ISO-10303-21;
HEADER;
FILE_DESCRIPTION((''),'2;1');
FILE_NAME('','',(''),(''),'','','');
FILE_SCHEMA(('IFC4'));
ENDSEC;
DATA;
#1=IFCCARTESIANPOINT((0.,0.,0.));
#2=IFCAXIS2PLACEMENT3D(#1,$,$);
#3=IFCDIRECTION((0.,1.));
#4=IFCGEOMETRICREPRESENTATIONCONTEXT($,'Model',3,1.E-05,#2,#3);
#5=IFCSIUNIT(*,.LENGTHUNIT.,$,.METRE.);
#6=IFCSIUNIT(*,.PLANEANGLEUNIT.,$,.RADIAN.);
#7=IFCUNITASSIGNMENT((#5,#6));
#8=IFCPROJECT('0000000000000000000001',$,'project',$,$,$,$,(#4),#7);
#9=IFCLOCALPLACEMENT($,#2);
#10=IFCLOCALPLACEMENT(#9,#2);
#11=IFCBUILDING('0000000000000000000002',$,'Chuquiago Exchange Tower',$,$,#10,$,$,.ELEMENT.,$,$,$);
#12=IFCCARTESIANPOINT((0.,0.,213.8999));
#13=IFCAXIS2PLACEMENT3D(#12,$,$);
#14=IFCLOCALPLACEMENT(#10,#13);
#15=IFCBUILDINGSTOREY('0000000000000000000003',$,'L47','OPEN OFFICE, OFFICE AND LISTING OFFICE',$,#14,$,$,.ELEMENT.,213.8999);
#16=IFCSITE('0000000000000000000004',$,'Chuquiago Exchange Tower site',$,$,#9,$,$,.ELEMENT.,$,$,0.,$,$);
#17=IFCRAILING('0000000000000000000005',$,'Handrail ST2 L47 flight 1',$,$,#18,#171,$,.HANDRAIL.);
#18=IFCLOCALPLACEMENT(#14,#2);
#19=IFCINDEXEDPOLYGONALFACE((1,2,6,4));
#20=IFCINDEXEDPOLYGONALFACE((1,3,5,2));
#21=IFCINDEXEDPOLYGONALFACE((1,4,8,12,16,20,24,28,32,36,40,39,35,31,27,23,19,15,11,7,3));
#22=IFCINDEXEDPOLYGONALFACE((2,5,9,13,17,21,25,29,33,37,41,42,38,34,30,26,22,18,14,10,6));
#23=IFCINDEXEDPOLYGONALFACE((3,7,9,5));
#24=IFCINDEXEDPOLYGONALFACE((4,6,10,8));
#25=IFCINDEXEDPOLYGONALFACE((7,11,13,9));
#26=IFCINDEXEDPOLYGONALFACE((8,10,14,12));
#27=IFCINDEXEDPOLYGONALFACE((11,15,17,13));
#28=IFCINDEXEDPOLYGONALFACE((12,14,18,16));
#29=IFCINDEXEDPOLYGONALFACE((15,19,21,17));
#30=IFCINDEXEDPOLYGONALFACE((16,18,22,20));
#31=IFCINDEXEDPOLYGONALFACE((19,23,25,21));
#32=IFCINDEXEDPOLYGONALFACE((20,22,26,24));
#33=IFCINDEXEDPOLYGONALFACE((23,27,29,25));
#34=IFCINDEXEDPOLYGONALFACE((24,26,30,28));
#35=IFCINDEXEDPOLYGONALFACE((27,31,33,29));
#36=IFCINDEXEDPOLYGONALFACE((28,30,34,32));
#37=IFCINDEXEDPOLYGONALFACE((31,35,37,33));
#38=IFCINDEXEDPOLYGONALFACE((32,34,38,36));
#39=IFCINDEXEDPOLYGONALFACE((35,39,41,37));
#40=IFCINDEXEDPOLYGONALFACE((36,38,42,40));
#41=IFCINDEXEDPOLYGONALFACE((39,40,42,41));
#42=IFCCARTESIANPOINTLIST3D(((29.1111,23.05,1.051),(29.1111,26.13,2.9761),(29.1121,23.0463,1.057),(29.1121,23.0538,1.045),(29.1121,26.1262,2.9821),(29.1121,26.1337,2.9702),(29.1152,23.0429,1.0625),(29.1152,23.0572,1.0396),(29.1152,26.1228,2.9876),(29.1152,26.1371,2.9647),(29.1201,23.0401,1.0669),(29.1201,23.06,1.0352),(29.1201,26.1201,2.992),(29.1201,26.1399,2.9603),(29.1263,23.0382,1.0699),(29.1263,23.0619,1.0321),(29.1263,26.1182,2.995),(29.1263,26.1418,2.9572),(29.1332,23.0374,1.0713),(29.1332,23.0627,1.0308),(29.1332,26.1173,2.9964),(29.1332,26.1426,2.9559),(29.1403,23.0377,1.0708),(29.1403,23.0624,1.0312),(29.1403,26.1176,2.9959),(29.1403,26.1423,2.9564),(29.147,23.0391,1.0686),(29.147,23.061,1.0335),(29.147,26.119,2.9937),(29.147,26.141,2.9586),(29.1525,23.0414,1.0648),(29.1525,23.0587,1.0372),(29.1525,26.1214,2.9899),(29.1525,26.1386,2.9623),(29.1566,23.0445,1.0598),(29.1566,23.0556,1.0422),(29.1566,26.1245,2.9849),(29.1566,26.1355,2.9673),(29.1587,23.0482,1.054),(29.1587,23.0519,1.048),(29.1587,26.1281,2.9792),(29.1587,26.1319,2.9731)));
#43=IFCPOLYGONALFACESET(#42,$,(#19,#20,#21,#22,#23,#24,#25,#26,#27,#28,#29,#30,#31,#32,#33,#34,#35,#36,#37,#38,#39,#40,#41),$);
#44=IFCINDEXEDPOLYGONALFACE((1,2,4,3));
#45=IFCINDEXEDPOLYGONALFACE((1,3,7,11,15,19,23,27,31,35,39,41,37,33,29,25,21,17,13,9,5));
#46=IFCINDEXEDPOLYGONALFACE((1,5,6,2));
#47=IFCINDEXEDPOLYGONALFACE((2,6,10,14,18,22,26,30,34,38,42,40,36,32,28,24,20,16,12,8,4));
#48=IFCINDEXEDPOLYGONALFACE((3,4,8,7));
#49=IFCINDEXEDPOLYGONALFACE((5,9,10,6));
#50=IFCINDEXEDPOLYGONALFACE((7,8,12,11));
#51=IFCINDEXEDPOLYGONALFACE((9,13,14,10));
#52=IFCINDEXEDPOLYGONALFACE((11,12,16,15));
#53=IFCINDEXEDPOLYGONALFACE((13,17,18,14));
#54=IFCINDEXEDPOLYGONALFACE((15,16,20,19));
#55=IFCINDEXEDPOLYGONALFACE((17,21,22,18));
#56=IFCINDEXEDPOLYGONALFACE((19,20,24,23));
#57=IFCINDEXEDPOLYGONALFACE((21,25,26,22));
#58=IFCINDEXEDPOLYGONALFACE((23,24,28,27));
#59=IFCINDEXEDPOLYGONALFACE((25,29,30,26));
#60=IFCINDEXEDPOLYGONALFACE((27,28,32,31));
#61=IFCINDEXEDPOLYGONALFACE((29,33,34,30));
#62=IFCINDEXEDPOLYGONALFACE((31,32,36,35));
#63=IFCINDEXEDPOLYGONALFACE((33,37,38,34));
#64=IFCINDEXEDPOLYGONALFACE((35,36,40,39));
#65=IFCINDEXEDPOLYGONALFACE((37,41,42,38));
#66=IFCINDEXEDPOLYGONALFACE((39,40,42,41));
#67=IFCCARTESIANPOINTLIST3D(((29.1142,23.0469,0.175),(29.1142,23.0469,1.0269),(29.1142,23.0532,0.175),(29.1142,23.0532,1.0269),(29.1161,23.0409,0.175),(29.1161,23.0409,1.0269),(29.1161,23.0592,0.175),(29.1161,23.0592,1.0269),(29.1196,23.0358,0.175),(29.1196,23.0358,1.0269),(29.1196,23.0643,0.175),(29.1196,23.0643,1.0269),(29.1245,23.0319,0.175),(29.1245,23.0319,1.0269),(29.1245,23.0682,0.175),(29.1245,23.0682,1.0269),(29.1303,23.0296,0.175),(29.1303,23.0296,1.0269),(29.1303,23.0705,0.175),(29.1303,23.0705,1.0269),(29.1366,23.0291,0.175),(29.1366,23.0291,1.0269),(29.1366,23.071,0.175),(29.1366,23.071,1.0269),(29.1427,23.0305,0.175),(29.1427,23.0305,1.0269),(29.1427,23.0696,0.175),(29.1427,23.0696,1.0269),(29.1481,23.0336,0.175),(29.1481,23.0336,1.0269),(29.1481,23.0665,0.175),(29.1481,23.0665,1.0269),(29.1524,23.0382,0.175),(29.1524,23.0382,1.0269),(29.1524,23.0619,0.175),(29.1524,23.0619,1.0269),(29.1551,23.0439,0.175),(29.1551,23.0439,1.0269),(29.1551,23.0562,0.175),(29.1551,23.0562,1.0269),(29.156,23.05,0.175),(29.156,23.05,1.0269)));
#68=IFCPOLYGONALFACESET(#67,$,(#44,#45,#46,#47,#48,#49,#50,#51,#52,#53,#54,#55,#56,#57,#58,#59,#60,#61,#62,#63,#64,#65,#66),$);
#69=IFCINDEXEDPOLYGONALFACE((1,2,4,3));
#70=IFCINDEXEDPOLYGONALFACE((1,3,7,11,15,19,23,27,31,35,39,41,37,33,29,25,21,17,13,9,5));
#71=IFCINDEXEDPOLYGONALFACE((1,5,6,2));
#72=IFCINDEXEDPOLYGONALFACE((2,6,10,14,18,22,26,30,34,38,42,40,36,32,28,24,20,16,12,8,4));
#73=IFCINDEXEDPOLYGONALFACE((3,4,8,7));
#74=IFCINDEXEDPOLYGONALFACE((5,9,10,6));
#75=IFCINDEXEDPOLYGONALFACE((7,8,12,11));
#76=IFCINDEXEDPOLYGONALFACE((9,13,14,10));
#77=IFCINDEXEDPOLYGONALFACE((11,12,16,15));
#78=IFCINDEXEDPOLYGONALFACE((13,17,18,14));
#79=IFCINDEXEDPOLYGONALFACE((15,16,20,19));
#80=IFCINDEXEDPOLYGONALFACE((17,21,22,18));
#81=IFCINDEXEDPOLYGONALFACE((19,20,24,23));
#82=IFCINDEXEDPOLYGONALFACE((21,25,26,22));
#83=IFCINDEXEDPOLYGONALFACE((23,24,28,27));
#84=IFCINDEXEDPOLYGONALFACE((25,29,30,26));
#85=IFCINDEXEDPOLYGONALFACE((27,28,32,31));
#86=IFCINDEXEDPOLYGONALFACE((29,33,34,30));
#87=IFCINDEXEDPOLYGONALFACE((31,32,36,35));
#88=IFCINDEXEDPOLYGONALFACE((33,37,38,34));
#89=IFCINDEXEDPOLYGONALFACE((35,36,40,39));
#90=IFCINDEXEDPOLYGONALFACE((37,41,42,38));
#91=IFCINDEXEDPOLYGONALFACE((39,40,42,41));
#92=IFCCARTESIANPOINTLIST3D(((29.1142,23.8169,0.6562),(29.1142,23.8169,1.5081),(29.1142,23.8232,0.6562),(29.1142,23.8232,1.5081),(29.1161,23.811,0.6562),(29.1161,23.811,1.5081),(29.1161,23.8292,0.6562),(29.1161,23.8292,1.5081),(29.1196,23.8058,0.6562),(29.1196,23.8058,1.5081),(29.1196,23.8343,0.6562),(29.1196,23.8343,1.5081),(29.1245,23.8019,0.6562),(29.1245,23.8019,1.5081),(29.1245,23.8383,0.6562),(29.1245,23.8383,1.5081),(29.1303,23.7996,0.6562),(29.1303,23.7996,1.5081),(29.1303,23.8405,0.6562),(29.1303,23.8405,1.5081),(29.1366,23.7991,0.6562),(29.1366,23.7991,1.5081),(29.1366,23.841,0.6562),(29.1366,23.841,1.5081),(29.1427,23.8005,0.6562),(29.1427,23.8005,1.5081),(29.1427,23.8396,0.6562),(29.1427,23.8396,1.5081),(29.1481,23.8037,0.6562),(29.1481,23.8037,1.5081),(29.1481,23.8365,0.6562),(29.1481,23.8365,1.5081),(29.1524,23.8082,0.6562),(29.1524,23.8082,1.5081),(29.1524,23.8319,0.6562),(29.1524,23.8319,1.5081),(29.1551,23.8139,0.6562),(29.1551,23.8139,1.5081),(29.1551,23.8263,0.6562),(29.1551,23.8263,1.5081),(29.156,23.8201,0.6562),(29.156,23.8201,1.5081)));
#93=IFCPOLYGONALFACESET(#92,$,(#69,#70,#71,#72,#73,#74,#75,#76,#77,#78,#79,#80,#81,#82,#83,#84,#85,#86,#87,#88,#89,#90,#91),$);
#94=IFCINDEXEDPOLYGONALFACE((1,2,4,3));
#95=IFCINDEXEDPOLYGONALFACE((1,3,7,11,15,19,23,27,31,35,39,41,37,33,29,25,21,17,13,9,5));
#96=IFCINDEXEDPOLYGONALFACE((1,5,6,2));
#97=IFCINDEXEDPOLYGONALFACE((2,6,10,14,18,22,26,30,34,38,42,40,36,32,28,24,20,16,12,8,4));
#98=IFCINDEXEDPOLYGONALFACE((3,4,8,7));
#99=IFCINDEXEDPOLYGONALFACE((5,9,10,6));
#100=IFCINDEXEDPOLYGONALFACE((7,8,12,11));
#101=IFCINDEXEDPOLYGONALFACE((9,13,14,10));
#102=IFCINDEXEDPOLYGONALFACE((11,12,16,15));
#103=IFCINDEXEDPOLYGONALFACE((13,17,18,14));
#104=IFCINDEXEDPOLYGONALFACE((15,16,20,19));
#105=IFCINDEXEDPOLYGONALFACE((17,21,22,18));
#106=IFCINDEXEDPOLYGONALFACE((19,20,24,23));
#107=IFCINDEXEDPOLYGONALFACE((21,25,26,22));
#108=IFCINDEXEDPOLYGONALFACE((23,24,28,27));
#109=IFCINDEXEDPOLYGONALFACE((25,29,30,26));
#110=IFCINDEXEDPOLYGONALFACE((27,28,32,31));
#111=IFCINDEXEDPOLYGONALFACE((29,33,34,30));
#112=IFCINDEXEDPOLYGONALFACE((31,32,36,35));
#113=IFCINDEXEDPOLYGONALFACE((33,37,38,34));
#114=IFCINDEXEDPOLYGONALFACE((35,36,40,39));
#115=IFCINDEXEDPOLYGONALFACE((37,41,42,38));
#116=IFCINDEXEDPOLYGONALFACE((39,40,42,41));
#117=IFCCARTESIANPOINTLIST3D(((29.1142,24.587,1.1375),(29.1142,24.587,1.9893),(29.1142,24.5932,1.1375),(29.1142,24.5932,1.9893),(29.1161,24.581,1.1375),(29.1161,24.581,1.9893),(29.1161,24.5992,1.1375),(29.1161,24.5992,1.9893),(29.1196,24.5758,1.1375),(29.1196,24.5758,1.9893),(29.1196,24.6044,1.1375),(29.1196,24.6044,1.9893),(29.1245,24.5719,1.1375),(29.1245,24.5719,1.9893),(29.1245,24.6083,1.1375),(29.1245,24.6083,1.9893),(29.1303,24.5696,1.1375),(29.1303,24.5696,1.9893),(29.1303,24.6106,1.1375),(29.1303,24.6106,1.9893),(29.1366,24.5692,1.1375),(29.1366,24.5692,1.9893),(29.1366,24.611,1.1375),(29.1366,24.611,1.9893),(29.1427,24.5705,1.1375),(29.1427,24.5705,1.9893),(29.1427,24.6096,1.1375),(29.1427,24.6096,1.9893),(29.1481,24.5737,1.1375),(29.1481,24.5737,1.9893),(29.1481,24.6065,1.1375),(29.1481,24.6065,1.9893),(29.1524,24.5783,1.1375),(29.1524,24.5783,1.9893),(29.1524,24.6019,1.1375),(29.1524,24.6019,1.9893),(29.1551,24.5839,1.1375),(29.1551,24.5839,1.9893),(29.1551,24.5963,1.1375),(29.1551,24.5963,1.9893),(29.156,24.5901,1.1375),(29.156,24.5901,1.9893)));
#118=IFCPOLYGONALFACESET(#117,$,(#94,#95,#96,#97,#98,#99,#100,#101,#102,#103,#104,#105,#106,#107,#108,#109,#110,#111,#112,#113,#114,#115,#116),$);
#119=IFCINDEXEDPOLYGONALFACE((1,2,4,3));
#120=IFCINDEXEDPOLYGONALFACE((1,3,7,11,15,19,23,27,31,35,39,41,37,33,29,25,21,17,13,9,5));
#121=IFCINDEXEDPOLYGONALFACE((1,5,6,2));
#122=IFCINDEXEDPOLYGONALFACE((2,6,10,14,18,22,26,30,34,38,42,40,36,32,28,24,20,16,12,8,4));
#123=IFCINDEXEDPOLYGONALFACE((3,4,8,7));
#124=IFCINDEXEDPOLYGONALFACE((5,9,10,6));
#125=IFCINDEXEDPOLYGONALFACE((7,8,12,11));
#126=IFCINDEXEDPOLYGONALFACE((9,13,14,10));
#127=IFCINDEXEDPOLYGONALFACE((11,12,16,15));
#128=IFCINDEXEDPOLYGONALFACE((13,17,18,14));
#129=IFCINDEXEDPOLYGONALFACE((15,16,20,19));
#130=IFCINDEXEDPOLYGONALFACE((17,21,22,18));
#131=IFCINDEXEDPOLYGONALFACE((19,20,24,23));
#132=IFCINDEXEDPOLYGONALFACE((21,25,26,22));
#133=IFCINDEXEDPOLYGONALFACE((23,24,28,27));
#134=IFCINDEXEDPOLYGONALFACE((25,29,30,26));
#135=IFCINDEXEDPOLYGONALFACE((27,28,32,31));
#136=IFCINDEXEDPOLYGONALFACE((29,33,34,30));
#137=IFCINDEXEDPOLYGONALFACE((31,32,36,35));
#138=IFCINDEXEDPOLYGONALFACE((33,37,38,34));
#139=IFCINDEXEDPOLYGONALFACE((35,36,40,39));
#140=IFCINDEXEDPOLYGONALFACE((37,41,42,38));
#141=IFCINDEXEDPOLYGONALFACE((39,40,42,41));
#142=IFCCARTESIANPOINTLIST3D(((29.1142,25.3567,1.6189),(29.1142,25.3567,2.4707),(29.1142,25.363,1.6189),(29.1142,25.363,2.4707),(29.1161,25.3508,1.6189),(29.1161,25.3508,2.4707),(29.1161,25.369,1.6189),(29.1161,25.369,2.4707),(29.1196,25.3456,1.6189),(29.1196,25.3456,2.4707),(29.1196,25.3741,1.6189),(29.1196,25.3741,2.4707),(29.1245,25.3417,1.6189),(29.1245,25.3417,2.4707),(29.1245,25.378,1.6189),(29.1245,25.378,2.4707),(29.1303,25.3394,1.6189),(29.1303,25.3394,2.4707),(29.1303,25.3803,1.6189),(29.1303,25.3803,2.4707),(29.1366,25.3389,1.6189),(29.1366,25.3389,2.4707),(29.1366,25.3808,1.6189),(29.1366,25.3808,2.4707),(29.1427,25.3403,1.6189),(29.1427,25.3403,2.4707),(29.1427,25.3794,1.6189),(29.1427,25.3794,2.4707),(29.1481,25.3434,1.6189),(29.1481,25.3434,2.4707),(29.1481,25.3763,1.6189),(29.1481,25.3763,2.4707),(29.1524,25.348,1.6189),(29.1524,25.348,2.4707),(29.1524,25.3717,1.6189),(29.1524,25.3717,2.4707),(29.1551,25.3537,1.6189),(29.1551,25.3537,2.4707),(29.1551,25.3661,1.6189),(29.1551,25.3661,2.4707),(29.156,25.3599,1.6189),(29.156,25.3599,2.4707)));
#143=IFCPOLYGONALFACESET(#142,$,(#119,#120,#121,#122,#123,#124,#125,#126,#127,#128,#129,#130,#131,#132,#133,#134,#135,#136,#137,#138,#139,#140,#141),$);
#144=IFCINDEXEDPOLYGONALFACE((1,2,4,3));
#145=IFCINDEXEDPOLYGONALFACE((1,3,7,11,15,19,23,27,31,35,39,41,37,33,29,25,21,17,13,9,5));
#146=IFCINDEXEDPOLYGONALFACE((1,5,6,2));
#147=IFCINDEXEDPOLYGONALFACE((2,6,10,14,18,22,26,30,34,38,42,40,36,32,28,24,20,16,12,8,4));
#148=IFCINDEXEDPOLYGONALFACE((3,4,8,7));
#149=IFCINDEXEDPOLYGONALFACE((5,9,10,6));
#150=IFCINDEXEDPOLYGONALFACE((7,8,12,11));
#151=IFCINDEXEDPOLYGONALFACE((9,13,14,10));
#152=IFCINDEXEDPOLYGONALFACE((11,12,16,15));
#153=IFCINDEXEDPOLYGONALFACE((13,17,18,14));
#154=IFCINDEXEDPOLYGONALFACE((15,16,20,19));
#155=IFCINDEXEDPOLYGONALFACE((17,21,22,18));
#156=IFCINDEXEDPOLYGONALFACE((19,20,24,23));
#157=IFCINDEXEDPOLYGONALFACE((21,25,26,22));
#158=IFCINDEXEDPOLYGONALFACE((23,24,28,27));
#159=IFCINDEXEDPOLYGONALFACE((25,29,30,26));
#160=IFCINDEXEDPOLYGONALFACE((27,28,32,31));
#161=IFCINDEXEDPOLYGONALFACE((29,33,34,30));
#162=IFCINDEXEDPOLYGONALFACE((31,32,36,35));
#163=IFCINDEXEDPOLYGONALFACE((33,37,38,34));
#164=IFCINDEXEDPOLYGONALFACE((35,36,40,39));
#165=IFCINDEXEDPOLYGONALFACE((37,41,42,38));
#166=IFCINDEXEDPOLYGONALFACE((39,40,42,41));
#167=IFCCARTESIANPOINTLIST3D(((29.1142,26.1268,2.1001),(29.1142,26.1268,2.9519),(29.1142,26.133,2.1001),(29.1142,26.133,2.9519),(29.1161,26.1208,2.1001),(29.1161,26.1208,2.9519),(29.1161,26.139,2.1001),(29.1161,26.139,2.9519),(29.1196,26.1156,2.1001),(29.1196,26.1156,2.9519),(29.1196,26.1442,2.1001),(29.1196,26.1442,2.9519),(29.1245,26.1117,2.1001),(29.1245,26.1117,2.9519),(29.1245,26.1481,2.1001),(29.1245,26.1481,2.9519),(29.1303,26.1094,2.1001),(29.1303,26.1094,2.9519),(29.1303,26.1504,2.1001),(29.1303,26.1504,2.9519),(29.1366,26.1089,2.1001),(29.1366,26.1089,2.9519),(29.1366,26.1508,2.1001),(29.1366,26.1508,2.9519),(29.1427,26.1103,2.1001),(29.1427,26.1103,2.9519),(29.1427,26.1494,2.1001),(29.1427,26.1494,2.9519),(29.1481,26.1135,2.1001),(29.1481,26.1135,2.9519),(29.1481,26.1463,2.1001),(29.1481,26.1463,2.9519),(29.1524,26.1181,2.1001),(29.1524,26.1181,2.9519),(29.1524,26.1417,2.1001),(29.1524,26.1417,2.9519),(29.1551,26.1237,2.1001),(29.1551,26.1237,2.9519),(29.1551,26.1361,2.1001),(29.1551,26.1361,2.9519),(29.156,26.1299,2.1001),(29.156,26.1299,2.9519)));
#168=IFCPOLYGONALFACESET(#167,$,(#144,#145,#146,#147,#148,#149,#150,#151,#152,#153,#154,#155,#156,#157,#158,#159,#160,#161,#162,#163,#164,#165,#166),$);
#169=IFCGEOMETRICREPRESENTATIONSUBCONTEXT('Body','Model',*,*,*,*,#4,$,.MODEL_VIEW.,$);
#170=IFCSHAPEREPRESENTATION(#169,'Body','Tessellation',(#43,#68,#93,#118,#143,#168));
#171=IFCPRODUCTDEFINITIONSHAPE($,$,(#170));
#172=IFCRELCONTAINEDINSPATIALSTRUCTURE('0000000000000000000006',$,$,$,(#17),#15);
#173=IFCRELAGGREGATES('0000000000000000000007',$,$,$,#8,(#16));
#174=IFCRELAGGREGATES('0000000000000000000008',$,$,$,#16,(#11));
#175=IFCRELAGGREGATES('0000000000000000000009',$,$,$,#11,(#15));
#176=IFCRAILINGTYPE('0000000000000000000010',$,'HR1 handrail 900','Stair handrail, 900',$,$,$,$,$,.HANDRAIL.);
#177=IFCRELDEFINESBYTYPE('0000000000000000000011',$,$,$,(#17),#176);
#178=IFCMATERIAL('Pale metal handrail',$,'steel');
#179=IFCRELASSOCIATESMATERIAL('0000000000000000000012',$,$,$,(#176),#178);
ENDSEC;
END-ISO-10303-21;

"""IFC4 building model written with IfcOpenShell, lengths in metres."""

from ifc_helpers import new_model, si_unit, direction, frame, origin, origin_2d, place, context, subcontext, project, spatial, circle, extrude, material, type_object, element, save


model = new_model("IFC4")

# Units and contexts
model_context = context("Model", 3, precision=1e-05, world=origin(), true_north=direction((0.0, 1.0)))
body_context = subcontext(model_context, "Body", "Model", "MODEL_VIEW")
ifc_project = project(units=[si_unit("LENGTHUNIT", "METRE"), si_unit("PLANEANGLEUNIT", "RADIAN")], contexts=[model_context])

# Site, building, storey
site_placement = place(None, origin())
site = spatial("IfcSite", under=ifc_project, at=site_placement, Name="Chuquiago Exchange Tower site", CompositionType="ELEMENT", RefElevation=0.0)
building_placement = place(site_placement, origin())
building = spatial("IfcBuilding", under=site, at=building_placement, Name="Chuquiago Exchange Tower", CompositionType="ELEMENT")
storey_placement = place(building_placement, frame((0.0, 0.0, 213.8999)))
storey = spatial("IfcBuildingStorey", under=building, at=storey_placement, Name="L47", Description="OPEN OFFICE, OFFICE AND LISTING OFFICE", CompositionType="ELEMENT", Elevation=213.8999)

# Railing
ifc_material_1 = material(Name="Pale metal handrail", Category="steel")
railing_type_1 = type_object("IfcRailingType", Name="HR1 handrail 900", Description="Stair handrail, 900", PredefinedType="HANDRAIL", material=ifc_material_1)
railing_1_placement = place(storey_placement, frame((29.135, 23.05, 0.175)))
element("IfcRailing", 1, at=railing_1_placement, inside=storey, type_object=railing_type_1, Name="Handrail ST2 L47 flight 1", PredefinedType="HANDRAIL", context=body_context, shape_type="SweptSolid", body=[
    extrude(circle(Radius=0.0239, at=origin_2d()), frame((0.0, 0.0, 0.876), z_axis=(0.0, 0.847979, 0.530029), x_axis=(-1.0, 0.0, 0.0)), (0.0, 0.0, 1.0), 3.6321),
    extrude(circle(Radius=0.021, at=origin_2d()), origin(), (0.0, 0.0, 1.0), 0.8518),
    extrude(circle(Radius=0.021, at=origin_2d()), frame((0.0, 0.77, 0.4812)), (0.0, 0.0, 1.0), 0.8518),
    extrude(circle(Radius=0.021, at=origin_2d()), frame((0.0, 1.54, 0.9624)), (0.0, 0.0, 1.0), 0.8518),
    extrude(circle(Radius=0.021, at=origin_2d()), frame((0.0, 2.3098, 1.4438)), (0.0, 0.0, 1.0), 0.8518),
    extrude(circle(Radius=0.021, at=origin_2d()), frame((0.0, 3.0798, 1.925)), (0.0, 0.0, 1.0), 0.8518),
])

save(model, "model.ifc")
